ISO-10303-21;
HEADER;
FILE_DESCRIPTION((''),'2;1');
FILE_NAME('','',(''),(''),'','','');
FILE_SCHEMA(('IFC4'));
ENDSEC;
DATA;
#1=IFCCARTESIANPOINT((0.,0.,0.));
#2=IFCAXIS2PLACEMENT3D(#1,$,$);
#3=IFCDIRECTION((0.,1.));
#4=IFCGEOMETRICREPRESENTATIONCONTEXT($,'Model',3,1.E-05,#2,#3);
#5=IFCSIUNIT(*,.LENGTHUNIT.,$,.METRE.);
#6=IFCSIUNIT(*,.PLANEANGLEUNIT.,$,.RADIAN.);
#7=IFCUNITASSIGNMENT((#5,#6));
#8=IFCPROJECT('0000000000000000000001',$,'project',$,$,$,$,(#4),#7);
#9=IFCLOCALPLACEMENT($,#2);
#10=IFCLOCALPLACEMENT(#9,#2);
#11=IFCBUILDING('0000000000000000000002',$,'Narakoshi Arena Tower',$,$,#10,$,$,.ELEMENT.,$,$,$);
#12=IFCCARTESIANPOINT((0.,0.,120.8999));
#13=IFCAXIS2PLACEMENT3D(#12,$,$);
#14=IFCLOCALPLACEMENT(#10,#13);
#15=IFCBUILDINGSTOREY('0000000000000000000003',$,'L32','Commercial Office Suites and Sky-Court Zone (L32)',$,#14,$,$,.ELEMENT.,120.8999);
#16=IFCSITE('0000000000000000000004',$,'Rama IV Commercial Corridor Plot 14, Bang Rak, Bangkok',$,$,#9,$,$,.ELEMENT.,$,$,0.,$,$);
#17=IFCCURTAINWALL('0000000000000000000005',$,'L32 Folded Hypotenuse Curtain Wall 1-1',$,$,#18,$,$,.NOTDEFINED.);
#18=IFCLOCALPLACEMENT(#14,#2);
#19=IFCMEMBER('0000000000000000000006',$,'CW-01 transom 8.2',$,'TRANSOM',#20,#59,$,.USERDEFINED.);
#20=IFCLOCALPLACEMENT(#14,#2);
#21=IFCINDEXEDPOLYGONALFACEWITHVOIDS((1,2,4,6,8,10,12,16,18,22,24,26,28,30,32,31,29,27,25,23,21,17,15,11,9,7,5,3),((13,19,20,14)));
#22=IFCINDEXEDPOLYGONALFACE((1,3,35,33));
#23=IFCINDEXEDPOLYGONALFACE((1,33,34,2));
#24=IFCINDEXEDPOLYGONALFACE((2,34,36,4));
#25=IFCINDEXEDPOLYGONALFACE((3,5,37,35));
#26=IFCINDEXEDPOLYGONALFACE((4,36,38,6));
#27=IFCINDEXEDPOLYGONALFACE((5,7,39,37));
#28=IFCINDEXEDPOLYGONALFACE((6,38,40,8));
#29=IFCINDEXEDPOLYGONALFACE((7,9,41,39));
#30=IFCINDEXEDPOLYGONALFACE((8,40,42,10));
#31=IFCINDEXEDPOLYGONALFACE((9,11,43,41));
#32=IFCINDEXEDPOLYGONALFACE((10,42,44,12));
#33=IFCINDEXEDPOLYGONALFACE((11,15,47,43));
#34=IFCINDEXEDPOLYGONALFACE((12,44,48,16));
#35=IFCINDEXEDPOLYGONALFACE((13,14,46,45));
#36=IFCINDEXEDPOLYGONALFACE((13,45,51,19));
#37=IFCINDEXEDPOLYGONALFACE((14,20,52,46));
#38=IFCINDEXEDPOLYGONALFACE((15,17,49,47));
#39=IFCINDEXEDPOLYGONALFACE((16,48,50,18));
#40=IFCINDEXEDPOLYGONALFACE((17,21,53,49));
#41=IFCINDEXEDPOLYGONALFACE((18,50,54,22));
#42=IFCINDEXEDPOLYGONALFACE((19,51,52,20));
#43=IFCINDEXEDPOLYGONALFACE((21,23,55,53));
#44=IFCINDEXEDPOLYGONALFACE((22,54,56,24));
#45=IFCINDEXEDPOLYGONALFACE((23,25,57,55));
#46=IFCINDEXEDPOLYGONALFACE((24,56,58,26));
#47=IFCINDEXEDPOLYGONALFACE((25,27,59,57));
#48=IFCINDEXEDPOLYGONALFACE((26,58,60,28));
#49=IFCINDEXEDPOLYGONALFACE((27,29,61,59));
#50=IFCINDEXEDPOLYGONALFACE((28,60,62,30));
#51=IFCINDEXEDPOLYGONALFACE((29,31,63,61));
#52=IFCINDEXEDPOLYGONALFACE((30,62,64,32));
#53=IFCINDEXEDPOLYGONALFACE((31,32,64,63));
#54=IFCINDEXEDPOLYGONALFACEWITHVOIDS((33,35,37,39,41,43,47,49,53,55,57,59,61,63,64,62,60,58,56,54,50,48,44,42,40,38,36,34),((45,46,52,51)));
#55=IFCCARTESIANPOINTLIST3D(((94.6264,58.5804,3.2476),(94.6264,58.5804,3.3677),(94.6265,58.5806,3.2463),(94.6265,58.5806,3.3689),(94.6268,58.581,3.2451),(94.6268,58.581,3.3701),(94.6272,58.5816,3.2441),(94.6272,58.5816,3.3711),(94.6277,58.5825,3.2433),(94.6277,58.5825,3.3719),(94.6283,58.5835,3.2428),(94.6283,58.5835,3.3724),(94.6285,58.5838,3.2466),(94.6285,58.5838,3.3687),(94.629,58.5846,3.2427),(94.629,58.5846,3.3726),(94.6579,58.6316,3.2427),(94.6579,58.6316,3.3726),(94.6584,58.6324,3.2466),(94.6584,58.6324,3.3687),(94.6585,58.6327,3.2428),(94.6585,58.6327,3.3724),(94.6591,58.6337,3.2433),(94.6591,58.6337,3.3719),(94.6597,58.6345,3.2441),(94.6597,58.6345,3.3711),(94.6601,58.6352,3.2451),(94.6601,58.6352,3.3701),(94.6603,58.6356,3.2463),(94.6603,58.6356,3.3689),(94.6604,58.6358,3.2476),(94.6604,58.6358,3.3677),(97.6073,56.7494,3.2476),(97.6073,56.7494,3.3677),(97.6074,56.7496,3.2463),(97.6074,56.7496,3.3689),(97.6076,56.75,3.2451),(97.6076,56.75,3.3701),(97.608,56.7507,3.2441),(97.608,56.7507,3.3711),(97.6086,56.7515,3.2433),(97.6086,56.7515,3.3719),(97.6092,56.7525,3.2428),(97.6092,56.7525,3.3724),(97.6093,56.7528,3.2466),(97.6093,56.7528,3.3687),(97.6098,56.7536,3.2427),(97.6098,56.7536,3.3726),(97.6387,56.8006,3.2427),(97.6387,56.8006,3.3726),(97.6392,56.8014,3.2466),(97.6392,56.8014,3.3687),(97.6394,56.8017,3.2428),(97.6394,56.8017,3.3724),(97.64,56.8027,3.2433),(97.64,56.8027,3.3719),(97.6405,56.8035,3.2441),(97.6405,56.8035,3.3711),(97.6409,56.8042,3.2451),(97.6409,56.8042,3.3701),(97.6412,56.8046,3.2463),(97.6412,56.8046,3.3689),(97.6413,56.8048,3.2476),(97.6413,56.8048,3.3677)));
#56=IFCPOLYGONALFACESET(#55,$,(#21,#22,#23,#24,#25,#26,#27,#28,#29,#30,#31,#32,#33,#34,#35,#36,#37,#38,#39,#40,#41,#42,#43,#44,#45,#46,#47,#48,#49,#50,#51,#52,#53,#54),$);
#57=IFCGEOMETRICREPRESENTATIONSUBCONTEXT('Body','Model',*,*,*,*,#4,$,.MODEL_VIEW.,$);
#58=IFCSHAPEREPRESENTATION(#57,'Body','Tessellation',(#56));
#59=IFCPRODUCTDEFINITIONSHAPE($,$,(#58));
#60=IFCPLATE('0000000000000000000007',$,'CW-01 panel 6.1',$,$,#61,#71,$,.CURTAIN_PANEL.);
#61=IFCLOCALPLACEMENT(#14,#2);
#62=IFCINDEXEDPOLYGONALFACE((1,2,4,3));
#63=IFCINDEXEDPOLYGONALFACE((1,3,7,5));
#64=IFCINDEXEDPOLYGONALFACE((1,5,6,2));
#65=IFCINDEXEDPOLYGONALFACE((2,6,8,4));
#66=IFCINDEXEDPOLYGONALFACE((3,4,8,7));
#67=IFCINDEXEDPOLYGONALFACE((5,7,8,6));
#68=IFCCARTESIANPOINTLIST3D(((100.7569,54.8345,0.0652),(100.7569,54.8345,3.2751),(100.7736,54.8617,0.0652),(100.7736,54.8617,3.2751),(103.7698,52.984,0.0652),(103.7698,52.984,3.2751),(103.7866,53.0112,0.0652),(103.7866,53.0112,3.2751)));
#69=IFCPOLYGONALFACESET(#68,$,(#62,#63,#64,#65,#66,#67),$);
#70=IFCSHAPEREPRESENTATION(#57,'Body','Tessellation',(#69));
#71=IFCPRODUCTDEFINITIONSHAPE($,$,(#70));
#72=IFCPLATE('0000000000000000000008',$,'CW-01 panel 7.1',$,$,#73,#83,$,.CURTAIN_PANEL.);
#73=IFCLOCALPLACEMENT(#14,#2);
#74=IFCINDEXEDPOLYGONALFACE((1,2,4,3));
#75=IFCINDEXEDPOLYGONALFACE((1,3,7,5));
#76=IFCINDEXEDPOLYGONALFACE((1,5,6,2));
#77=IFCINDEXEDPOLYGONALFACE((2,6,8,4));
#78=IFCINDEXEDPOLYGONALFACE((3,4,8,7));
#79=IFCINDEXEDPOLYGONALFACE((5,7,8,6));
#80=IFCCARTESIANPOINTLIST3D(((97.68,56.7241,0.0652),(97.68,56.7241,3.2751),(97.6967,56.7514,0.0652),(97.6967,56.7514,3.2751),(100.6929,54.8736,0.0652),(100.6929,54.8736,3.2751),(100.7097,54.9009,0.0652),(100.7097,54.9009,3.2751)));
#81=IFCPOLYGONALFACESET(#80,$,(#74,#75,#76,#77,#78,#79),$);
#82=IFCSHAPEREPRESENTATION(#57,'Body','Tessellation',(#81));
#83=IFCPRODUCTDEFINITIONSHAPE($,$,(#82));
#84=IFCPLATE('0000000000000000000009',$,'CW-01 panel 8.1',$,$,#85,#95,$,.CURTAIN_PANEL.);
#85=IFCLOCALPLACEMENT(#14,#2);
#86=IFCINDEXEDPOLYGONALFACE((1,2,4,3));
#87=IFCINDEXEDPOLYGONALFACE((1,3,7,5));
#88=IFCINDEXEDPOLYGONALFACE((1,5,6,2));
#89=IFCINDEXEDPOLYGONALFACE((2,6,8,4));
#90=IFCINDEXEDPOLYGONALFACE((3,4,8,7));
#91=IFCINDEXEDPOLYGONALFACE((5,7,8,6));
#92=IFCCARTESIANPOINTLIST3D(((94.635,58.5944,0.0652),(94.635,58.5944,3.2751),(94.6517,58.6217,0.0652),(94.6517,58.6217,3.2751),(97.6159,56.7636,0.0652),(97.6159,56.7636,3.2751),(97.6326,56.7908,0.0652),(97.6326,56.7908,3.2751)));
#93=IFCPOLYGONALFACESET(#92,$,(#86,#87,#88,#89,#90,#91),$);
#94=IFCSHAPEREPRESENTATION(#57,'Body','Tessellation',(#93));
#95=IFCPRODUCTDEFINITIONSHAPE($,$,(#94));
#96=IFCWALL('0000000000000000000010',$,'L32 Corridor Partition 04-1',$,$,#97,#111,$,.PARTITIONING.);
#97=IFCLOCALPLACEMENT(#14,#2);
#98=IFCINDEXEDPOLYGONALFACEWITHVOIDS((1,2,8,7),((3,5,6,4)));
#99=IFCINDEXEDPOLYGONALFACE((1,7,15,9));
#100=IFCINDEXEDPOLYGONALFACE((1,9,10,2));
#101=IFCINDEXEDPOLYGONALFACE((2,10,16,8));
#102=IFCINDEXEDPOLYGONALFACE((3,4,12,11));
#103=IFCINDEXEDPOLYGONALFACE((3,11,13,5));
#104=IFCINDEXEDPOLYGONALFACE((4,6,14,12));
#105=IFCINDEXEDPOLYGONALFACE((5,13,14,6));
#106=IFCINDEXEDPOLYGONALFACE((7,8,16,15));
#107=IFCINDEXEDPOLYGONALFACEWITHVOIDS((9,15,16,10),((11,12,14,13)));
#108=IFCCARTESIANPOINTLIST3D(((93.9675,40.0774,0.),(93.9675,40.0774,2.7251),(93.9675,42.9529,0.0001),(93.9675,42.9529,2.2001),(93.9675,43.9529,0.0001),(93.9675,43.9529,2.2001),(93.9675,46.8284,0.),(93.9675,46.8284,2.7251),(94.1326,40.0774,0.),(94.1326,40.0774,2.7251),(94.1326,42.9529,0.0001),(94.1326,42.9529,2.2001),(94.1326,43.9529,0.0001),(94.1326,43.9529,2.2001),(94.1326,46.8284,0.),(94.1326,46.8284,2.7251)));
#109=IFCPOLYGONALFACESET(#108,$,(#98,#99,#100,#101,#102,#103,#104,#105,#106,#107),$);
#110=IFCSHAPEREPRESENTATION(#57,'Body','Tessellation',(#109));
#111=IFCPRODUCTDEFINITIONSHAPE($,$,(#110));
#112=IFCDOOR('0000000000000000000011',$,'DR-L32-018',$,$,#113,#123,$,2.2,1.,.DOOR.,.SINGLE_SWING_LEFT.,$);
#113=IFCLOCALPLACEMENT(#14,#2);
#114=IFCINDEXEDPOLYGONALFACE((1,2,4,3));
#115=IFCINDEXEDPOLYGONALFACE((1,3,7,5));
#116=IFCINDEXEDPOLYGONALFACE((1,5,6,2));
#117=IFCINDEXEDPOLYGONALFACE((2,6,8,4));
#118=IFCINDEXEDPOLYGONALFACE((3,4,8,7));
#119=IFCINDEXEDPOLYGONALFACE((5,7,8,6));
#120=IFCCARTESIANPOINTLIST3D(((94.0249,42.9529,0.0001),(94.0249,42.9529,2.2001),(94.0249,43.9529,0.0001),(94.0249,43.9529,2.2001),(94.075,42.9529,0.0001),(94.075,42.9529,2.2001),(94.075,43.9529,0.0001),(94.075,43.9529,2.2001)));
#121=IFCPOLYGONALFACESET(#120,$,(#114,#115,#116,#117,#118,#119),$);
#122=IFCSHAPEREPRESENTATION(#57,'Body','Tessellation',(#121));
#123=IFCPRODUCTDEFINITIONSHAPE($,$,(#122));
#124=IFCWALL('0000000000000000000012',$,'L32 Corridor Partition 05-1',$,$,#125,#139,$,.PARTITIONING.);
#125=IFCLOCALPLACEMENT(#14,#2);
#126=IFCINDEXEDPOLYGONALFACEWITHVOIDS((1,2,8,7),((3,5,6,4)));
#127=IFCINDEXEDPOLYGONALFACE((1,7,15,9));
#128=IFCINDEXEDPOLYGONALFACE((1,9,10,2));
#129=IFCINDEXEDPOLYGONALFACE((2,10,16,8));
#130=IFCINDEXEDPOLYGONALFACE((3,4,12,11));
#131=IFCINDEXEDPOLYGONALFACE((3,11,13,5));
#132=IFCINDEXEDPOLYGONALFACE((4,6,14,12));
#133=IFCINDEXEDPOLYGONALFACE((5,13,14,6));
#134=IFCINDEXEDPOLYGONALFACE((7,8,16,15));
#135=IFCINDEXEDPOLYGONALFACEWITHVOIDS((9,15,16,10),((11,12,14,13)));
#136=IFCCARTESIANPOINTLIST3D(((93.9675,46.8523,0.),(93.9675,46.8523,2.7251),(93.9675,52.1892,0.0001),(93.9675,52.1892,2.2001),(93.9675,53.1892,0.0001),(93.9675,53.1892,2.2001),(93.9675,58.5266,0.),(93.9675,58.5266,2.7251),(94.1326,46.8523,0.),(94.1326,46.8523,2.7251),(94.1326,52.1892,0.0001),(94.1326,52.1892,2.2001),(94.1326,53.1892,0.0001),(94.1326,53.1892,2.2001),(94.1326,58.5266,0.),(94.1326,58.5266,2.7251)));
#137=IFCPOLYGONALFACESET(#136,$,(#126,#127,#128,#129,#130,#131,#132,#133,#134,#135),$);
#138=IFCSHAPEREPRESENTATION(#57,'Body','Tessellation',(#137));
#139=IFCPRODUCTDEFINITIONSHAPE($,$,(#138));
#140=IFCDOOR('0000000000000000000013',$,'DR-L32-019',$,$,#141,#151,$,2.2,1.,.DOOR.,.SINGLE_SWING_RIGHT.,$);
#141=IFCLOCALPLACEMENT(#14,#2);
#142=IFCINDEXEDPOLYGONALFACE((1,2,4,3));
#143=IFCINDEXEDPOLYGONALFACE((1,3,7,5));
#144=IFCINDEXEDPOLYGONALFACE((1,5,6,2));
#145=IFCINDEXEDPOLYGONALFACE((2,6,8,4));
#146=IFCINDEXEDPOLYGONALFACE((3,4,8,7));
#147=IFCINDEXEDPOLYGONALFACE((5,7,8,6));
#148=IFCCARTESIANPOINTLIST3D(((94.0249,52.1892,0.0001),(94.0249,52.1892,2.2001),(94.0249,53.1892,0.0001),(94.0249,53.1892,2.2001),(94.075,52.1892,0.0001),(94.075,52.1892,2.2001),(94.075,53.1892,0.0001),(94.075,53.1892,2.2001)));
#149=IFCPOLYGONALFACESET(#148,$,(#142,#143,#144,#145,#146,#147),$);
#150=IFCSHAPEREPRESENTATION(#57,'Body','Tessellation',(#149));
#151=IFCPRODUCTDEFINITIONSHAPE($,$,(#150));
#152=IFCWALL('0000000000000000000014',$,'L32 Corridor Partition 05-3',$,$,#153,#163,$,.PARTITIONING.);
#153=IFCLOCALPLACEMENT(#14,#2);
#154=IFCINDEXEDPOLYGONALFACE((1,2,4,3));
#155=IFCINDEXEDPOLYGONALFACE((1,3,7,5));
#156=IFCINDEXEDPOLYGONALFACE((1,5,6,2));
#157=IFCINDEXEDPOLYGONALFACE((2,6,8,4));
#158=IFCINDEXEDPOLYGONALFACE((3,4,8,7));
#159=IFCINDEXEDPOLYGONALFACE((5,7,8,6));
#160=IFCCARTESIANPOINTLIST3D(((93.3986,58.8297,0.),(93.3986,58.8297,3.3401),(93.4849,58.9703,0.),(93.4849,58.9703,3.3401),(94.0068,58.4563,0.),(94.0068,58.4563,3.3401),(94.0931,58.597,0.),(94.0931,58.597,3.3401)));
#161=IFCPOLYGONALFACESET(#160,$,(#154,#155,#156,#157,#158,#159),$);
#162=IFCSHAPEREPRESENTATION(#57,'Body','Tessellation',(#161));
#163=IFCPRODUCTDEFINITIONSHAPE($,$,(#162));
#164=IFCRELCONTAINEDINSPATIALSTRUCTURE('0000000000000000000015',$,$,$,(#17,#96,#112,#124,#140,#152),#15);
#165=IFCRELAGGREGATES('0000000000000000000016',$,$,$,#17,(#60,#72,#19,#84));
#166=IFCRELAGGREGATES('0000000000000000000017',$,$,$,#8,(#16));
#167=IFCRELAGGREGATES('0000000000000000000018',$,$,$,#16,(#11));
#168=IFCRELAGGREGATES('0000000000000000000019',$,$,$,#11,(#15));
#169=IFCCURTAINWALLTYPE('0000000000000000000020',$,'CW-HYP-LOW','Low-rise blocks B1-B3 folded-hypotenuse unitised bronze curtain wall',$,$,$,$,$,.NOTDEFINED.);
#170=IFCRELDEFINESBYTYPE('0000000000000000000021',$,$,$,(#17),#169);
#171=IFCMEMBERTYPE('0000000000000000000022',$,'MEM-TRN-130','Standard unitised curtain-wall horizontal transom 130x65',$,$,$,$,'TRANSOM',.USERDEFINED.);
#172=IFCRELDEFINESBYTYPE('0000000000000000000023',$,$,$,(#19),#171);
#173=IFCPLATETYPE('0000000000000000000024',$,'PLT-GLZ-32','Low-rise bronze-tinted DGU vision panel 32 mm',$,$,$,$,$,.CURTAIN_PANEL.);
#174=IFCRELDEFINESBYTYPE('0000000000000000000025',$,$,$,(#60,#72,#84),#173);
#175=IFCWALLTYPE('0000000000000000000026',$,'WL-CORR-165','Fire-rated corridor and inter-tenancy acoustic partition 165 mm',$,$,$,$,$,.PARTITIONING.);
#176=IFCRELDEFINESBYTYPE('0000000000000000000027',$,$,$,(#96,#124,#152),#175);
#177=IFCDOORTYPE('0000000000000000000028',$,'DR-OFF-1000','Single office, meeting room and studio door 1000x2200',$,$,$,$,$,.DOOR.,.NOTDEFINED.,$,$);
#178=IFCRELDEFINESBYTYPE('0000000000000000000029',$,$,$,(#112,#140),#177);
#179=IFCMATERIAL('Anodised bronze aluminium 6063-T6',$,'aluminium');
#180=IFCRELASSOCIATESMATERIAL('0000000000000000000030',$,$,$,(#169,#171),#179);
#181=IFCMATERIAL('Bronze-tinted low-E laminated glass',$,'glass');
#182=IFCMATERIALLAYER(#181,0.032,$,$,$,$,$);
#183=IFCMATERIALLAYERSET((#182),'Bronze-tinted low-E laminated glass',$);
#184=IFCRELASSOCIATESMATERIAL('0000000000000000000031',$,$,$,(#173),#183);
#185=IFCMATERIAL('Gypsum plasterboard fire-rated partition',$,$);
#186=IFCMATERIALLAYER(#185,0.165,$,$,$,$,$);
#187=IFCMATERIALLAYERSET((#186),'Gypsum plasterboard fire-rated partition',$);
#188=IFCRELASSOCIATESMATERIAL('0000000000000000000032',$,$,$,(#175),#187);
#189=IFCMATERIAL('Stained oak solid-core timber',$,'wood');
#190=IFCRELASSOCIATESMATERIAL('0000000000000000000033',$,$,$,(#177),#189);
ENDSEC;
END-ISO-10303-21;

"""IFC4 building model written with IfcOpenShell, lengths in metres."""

from ifc_helpers import new_model, si_unit, direction, frame, frame_2d, origin, origin_2d, place, context, subcontext, project, spatial, rectangle, hollow_rectangle, extrude, material, layer, layer_set, material_profile, profile_set, type_object, element, fill, aggregate, save


model = new_model("IFC4")

# Units and contexts
model_context = context("Model", 3, precision=1e-05, world=origin(), true_north=direction((0.0, 1.0)))
body_context = subcontext(model_context, "Body", "Model", "MODEL_VIEW")
ifc_project = project(units=[si_unit("LENGTHUNIT", "METRE"), si_unit("PLANEANGLEUNIT", "RADIAN")], contexts=[model_context])

# Site, building, storey
site_placement = place(None, origin())
site = spatial("IfcSite", under=ifc_project, at=site_placement, Name="Rama IV Commercial Corridor Plot 14, Bang Rak, Bangkok", CompositionType="ELEMENT", RefElevation=0.0)
building_placement = place(site_placement, origin())
building = spatial("IfcBuilding", under=site, at=building_placement, Name="Narakoshi Arena Tower", CompositionType="ELEMENT")
storey_placement = place(building_placement, frame((0.0, 0.0, 120.8999)))
storey = spatial("IfcBuildingStorey", under=building, at=storey_placement, Name="L32", Description="Commercial Office Suites and Sky-Court Zone (L32)", CompositionType="ELEMENT", Elevation=120.8999)

# Curtain wall, member, plates
ifc_material_1 = material(Name="Anodised bronze aluminium 6063-T6", Category="aluminium")
curtain_wall_type = type_object("IfcCurtainWallType", Name="CW-HYP-LOW", Description="Low-rise blocks B1-B3 folded-hypotenuse unitised bronze curtain wall", PredefinedType="NOTDEFINED", material=ifc_material_1)
curtain_wall_placement = place(storey_placement, origin())
curtain_wall = element("IfcCurtainWall", 1, at=curtain_wall_placement, inside=storey, type_object=curtain_wall_type, Name="L32 Folded Hypotenuse Curtain Wall 1-1", PredefinedType="NOTDEFINED")
ifc_material_profile_1 = material_profile(ifc_material_1, hollow_rectangle(XDim=0.0649, YDim=0.1299, WallThickness=0.0039, OuterFilletRadius=0.0049, at=origin_2d()), Name="TRN130x65x4")
ifc_profile_set_1 = profile_set([ifc_material_profile_1], Name="Anodised bronze aluminium 6063-T6")
member_type_1 = type_object("IfcMemberType", Name="MEM-TRN-130", Description="Standard unitised curtain-wall horizontal transom 130x65", ElementType="TRANSOM", PredefinedType="USERDEFINED", material=ifc_profile_set_1)
member_1_placement = place(storey_placement, frame((97.6243, 56.7771, 3.3076), z_axis=(-0.852089, 0.523396, 0.0), x_axis=(-0.523396, -0.852089, 0.0)))
member_1 = element("IfcMember", 2, at=member_1_placement, type_object=member_type_1, Name="CW-01 transom 8.2", ObjectType="TRANSOM", PredefinedType="USERDEFINED", context=body_context, shape_type="SweptSolid", body=[
    extrude(hollow_rectangle(XDim=0.0649, YDim=0.1299, WallThickness=0.0039, OuterFilletRadius=0.0049, at=origin_2d()), origin(), (0.0, 0.0, 1.0), 3.4983),
])
ifc_material_2 = material(Name="Bronze-tinted low-E laminated glass", Category="glass")
ifc_layer_1 = layer(ifc_material_2, 0.032)
ifc_layer_set_1 = layer_set([ifc_layer_1], Name="Bronze-tinted low-E laminated glass")
plate_type = type_object("IfcPlateType", Name="PLT-GLZ-32", Description="Low-rise bronze-tinted DGU vision panel 32 mm", PredefinedType="CURTAIN_PANEL", material=ifc_layer_set_1)
plate_1_placement = place(storey_placement, frame((102.2717, 53.9229, 0.0652), z_axis=(0.0, 0.0, 1.0), x_axis=(-0.852113, 0.523358, 0.0)))
plate_1 = element("IfcPlate", 3, at=plate_1_placement, type_object=plate_type, Name="CW-01 panel 6.1", PredefinedType="CURTAIN_PANEL", context=body_context, shape_type="SweptSolid", body=[
    extrude(rectangle(XDim=3.5359, YDim=0.032, at=origin_2d()), origin(), (0.0, 0.0, 1.0), 3.21),
])
plate_2_placement = place(storey_placement, frame((99.1948, 55.8125, 0.0652), z_axis=(0.0, 0.0, 1.0), x_axis=(-0.852113, 0.523358, 0.0)))
plate_2 = element("IfcPlate", 4, at=plate_2_placement, type_object=plate_type, Name="CW-01 panel 7.1", PredefinedType="CURTAIN_PANEL", context=body_context, shape_type="SweptSolid", body=[
    extrude(rectangle(XDim=3.5359, YDim=0.032, at=origin_2d()), origin(), (0.0, 0.0, 1.0), 3.21),
])
plate_3_placement = place(storey_placement, frame((96.1338, 57.6926, 0.0652), z_axis=(0.0, 0.0, 1.0), x_axis=(-0.852113, 0.523358, 0.0)))
plate_3 = element("IfcPlate", 5, at=plate_3_placement, type_object=plate_type, Name="CW-01 panel 8.1", PredefinedType="CURTAIN_PANEL", context=body_context, shape_type="SweptSolid", body=[
    extrude(rectangle(XDim=3.4983, YDim=0.032, at=origin_2d()), origin(), (0.0, 0.0, 1.0), 3.21),
])
aggregate(curtain_wall, [plate_1, plate_2, member_1, plate_3])

# Walls, openings, doors
ifc_material_3 = material(Name="Gypsum plasterboard fire-rated partition")
ifc_layer_2 = layer(ifc_material_3, 0.165)
ifc_layer_set_2 = layer_set([ifc_layer_2], Name="Gypsum plasterboard fire-rated partition")
wall_type_1 = type_object("IfcWallType", Name="WL-CORR-165", Description="Fire-rated corridor and inter-tenancy acoustic partition 165 mm", PredefinedType="PARTITIONING", material=ifc_layer_set_2)
wall_1_placement = place(storey_placement, frame((94.05, 40.0774, 0.0), z_axis=(0.0, 0.0, 1.0), x_axis=(0.0, 1.0, 0.0)))
wall_1 = element("IfcWall", 6, at=wall_1_placement, inside=storey, type_object=wall_type_1, Name="L32 Corridor Partition 04-1", PredefinedType="PARTITIONING", context=body_context, shape_type="SweptSolid", body=[
    extrude(rectangle(XDim=6.751, YDim=0.165, at=frame_2d((3.3755, 0.0))), origin(), (0.0, 0.0, 1.0), 2.7251),
])
opening_1_placement = place(wall_1_placement, frame((2.8755, 0.0, 0.0)))
opening_1 = element("IfcOpeningElement", 7, at=opening_1_placement, cuts=wall_1, PredefinedType="OPENING", context=body_context, shape_type="SweptSolid", body=[
    extrude(rectangle(XDim=1.0, YDim=2.2, at=frame_2d((0.5, 1.1001))), frame((0.0, 0.0925, 0.0), z_axis=(0.0, -1.0, 0.0), x_axis=(1.0, 0.0, 0.0)), (0.0, 0.0, 1.0), 0.1851),
])
ifc_material_4 = material(Name="Stained oak solid-core timber", Category="wood")
door_type = type_object("IfcDoorType", Name="DR-OFF-1000", Description="Single office, meeting room and studio door 1000x2200", OperationType="NOTDEFINED", PredefinedType="DOOR", material=ifc_material_4)
door_1_placement = place(opening_1_placement, frame((1.0, 0.0, 0.0), z_axis=(0.0, 0.0, 1.0), x_axis=(-1.0, 0.0, 0.0)))
door_1 = element("IfcDoor", 8, at=door_1_placement, inside=storey, type_object=door_type, Name="DR-L32-018", OperationType="SINGLE_SWING_LEFT", OverallHeight=2.2, OverallWidth=1.0, PredefinedType="DOOR", context=body_context, shape_type="SweptSolid", body=[
    extrude(rectangle(XDim=1.0, YDim=2.2, at=frame_2d((0.5, 1.1001))), frame((0.0, 0.0249, 0.0), z_axis=(0.0, -1.0, 0.0), x_axis=(1.0, 0.0, 0.0)), (0.0, 0.0, 1.0), 0.05),
])
fill(opening_1, door_1)
wall_2_placement = place(storey_placement, frame((94.05, 46.8523, 0.0), z_axis=(0.0, 0.0, 1.0), x_axis=(0.0, 1.0, 0.0)))
wall_2 = element("IfcWall", 9, at=wall_2_placement, inside=storey, type_object=wall_type_1, Name="L32 Corridor Partition 05-1", PredefinedType="PARTITIONING", context=body_context, shape_type="SweptSolid", body=[
    extrude(rectangle(XDim=11.6743, YDim=0.165, at=frame_2d((5.8372, 0.0))), origin(), (0.0, 0.0, 1.0), 2.7251),
])
opening_2_placement = place(wall_2_placement, frame((5.3369, 0.0, 0.0)))
opening_2 = element("IfcOpeningElement", 10, at=opening_2_placement, cuts=wall_2, PredefinedType="OPENING", context=body_context, shape_type="SweptSolid", body=[
    extrude(rectangle(XDim=1.0, YDim=2.2, at=frame_2d((0.5, 1.1001))), frame((0.0, 0.0925, 0.0), z_axis=(0.0, -1.0, 0.0), x_axis=(1.0, 0.0, 0.0)), (0.0, 0.0, 1.0), 0.1851),
])
door_2_placement = place(opening_2_placement, frame((1.0, 0.0, 0.0), z_axis=(0.0, 0.0, 1.0), x_axis=(-1.0, 0.0, 0.0)))
door_2 = element("IfcDoor", 11, at=door_2_placement, inside=storey, type_object=door_type, Name="DR-L32-019", OperationType="SINGLE_SWING_RIGHT", OverallHeight=2.2, OverallWidth=1.0, PredefinedType="DOOR", context=body_context, shape_type="SweptSolid", body=[
    extrude(rectangle(XDim=1.0, YDim=2.2, at=frame_2d((0.5, 1.1001))), frame((0.0, 0.0249, 0.0), z_axis=(0.0, -1.0, 0.0), x_axis=(1.0, 0.0, 0.0)), (0.0, 0.0, 1.0), 0.05),
])
fill(opening_2, door_2)

# Wall
wall_3_placement = place(storey_placement, frame((94.05, 58.5266, 0.0), z_axis=(0.0, 0.0, 1.0), x_axis=(-0.852257, 0.523124, 0.0)))
element("IfcWall", 12, at=wall_3_placement, inside=storey, type_object=wall_type_1, Name="L32 Corridor Partition 05-3", PredefinedType="PARTITIONING", context=body_context, shape_type="SweptSolid", body=[
    extrude(rectangle(XDim=0.7136, YDim=0.165, at=frame_2d((0.3569, 0.0))), origin(), (0.0, 0.0, 1.0), 3.3401),
])

save(model, "model.ifc")
